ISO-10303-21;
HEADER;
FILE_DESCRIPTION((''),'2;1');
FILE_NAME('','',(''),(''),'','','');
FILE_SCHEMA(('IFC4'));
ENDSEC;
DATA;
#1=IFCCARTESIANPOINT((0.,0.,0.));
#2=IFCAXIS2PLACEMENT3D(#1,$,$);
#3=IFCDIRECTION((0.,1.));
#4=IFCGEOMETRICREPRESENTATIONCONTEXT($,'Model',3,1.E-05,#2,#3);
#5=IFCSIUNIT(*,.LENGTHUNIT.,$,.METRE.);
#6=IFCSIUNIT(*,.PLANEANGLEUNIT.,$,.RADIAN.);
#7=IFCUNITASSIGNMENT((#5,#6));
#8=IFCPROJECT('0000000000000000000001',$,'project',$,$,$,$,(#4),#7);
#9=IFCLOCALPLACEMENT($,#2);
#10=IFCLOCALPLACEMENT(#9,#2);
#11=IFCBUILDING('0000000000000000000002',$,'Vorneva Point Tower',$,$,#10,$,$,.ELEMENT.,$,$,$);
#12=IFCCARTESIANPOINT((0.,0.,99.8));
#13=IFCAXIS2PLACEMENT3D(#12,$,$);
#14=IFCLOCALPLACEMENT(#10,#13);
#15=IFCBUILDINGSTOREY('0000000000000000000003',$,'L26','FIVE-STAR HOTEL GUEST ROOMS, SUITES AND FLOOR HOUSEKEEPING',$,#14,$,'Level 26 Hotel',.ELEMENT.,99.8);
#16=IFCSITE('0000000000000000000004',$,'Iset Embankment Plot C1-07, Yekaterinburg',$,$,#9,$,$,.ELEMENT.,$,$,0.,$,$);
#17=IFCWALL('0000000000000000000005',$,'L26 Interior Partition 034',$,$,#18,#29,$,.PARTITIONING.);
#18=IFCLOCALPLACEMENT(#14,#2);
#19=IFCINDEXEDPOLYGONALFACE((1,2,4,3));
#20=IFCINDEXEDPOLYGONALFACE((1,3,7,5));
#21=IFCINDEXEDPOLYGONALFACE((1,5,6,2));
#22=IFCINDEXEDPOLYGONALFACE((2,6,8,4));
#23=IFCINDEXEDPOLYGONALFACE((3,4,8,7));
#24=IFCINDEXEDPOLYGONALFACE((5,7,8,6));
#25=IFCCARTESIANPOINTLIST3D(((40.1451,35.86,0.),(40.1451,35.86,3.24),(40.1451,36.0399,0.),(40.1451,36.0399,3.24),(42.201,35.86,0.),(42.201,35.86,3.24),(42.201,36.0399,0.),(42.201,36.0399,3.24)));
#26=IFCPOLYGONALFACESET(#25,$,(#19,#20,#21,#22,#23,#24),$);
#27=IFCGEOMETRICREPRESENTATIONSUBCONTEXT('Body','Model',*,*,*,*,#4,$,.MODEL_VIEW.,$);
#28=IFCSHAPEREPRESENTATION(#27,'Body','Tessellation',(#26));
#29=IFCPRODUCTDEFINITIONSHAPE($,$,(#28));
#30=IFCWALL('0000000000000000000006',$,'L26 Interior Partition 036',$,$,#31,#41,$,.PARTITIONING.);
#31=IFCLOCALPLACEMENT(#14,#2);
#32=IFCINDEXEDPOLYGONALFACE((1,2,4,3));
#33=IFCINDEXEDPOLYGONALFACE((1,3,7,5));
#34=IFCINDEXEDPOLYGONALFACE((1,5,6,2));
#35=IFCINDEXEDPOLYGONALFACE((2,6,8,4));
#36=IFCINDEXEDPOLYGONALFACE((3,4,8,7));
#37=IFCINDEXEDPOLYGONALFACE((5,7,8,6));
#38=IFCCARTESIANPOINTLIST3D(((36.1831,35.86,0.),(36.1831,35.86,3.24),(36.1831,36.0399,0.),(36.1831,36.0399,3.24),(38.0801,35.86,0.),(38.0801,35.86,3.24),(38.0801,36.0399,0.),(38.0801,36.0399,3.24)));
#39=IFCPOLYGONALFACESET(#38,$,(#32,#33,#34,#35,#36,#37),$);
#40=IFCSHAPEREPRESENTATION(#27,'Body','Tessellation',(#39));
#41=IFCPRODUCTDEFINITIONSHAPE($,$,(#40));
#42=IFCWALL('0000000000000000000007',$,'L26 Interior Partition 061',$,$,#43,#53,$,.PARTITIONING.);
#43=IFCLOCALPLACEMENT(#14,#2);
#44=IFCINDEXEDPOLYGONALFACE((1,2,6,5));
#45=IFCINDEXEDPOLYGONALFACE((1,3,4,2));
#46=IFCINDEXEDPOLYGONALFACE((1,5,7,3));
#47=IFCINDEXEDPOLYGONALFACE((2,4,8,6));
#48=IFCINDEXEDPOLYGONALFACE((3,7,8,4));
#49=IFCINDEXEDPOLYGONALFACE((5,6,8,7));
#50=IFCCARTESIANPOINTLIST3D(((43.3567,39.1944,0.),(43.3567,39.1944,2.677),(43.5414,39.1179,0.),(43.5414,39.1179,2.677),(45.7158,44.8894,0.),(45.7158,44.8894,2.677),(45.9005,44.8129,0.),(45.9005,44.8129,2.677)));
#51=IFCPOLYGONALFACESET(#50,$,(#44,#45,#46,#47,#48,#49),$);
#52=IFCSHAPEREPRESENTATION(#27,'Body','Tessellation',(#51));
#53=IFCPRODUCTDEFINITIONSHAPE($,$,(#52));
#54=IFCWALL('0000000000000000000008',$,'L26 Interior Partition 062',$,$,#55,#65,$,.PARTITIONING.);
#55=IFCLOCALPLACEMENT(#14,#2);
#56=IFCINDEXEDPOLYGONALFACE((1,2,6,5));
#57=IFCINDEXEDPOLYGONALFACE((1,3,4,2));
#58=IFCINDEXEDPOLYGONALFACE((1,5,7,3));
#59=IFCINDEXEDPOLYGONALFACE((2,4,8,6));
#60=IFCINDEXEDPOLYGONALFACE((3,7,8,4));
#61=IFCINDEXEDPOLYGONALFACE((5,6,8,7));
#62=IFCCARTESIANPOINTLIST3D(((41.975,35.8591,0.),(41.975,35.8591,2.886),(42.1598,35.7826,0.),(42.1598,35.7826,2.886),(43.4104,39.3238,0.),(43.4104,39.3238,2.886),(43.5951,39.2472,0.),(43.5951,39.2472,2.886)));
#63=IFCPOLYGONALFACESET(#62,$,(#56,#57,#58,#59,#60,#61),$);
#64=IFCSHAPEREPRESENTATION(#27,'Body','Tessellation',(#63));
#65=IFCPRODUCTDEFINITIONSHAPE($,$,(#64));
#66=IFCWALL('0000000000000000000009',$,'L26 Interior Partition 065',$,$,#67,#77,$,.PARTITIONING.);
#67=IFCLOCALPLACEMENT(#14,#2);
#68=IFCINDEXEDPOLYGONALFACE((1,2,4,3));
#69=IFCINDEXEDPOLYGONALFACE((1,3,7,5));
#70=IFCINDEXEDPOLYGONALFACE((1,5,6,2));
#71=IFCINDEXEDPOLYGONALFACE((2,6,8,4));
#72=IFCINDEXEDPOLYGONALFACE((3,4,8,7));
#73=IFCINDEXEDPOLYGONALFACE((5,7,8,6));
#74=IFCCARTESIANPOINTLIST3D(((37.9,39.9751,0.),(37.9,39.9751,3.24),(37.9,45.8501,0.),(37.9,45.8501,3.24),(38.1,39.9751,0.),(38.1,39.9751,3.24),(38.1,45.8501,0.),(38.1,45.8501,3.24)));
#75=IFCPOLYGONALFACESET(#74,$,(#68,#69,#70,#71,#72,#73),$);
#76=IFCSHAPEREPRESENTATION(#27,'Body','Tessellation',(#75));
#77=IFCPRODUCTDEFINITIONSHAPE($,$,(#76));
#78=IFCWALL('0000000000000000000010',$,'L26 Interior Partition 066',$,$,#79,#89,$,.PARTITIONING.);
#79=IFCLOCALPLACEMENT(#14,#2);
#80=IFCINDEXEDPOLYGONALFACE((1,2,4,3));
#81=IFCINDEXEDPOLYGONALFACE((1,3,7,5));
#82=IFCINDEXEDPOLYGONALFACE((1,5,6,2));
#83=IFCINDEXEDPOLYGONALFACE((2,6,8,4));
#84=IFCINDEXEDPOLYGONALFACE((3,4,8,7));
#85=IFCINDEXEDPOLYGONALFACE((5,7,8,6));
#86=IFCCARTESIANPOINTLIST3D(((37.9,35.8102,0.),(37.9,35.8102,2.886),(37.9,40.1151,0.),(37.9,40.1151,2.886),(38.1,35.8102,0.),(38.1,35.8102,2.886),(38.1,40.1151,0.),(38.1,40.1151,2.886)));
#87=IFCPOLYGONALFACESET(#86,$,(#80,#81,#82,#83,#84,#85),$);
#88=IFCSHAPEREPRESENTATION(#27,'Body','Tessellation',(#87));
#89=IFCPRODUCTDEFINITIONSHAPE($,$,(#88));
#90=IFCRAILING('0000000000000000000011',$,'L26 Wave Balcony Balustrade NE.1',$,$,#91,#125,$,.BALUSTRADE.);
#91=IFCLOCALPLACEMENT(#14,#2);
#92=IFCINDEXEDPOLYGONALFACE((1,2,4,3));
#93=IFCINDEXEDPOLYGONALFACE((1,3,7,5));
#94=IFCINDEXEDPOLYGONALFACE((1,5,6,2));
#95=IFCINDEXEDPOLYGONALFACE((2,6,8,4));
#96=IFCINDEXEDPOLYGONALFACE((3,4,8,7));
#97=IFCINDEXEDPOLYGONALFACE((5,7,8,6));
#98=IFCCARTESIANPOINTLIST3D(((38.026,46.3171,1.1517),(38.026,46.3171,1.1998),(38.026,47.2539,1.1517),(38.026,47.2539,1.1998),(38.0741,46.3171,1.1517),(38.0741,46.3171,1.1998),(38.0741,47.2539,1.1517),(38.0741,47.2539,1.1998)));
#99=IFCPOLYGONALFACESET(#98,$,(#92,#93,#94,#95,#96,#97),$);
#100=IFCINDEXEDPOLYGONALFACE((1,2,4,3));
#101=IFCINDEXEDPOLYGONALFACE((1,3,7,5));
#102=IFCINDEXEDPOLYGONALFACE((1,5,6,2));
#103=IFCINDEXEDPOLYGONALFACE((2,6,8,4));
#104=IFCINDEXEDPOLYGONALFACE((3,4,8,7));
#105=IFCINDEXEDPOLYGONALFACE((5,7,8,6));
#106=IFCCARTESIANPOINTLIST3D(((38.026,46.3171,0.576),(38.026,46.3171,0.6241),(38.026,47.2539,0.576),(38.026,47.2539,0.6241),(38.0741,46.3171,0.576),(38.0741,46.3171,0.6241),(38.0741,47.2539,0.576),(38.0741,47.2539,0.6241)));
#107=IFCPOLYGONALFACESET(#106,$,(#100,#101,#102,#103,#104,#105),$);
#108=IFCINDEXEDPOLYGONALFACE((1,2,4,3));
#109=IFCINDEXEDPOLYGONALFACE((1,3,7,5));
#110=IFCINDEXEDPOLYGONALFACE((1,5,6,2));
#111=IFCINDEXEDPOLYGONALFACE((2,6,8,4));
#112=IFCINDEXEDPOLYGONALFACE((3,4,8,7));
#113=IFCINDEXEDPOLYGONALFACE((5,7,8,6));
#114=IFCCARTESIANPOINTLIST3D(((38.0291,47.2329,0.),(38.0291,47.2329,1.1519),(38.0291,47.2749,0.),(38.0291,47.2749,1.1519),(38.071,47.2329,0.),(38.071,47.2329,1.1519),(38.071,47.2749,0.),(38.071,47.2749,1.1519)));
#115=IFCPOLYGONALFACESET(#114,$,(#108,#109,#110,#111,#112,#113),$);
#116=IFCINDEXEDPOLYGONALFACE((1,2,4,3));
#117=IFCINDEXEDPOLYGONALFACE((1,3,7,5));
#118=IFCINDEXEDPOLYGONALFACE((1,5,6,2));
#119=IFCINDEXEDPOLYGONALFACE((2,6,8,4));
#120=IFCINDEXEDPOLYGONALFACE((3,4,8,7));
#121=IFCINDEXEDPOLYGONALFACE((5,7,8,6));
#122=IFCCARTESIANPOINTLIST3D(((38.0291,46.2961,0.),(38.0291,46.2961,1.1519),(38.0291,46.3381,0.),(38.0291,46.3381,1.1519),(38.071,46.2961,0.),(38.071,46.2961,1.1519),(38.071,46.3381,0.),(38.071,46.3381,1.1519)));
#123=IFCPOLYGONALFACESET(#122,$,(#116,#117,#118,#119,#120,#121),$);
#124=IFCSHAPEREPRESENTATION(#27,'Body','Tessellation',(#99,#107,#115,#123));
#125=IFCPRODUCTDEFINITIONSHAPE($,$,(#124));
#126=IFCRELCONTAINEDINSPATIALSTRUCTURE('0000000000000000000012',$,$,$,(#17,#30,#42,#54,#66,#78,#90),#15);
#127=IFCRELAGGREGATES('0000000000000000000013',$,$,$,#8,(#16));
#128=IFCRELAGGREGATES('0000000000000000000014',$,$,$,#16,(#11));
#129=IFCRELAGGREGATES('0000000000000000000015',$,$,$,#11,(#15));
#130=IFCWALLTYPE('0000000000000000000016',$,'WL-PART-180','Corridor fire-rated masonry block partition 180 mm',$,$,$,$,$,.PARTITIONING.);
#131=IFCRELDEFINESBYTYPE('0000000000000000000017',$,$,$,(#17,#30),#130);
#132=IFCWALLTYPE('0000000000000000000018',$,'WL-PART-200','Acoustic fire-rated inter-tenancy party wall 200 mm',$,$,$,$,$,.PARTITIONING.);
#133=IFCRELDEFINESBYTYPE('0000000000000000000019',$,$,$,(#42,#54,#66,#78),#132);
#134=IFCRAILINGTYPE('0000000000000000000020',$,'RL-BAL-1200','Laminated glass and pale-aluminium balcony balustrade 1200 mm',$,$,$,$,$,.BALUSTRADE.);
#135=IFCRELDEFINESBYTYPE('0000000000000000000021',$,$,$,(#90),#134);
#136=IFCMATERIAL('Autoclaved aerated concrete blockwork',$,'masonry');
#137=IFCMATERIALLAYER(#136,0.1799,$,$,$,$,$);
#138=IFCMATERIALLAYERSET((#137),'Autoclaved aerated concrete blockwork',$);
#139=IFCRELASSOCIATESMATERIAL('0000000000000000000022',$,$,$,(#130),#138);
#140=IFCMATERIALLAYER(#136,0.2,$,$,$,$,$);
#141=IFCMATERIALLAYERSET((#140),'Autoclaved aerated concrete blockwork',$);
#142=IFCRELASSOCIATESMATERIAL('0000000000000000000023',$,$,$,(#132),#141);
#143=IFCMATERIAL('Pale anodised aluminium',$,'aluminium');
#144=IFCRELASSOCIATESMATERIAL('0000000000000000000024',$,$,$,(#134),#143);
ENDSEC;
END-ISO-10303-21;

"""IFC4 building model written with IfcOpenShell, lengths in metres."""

from ifc_helpers import new_model, si_unit, direction, frame, frame_2d, origin, origin_2d, place, context, subcontext, project, spatial, rectangle, extrude, material, layer, layer_set, type_object, element, save


model = new_model("IFC4")

# Units and contexts
model_context = context("Model", 3, precision=1e-05, world=origin(), true_north=direction((0.0, 1.0)))
body_context = subcontext(model_context, "Body", "Model", "MODEL_VIEW")
ifc_project = project(units=[si_unit("LENGTHUNIT", "METRE"), si_unit("PLANEANGLEUNIT", "RADIAN")], contexts=[model_context])

# Site, building, storey
site_placement = place(None, origin())
site = spatial("IfcSite", under=ifc_project, at=site_placement, Name="Iset Embankment Plot C1-07, Yekaterinburg", CompositionType="ELEMENT", RefElevation=0.0)
building_placement = place(site_placement, origin())
building = spatial("IfcBuilding", under=site, at=building_placement, Name="Vorneva Point Tower", CompositionType="ELEMENT")
storey_placement = place(building_placement, frame((0.0, 0.0, 99.8)))
storey = spatial("IfcBuildingStorey", under=building, at=storey_placement, Name="L26", Description="FIVE-STAR HOTEL GUEST ROOMS, SUITES AND FLOOR HOUSEKEEPING", LongName="Level 26 Hotel", CompositionType="ELEMENT", Elevation=99.8)

# Shared definitions
ifc_material_1 = material(Name="Pale anodised aluminium", Category="aluminium")

# Shared definitions
ifc_material_2 = material(Name="Autoclaved aerated concrete blockwork", Category="masonry")
ifc_layer_1 = layer(ifc_material_2, 0.1799)
ifc_layer_set_1 = layer_set([ifc_layer_1], Name="Autoclaved aerated concrete blockwork")
wall_type_1 = type_object("IfcWallType", Name="WL-PART-180", Description="Corridor fire-rated masonry block partition 180 mm", PredefinedType="PARTITIONING", material=ifc_layer_set_1)

# Walls
wall_1_placement = place(storey_placement, frame((42.2009, 35.95, 0.0), z_axis=(0.0, 0.0, 1.0), x_axis=(-1.0, 0.0, 0.0)))
element("IfcWall", 1, at=wall_1_placement, inside=storey, type_object=wall_type_1, Name="L26 Interior Partition 034", PredefinedType="PARTITIONING", context=body_context, shape_type="SweptSolid", body=[
    extrude(rectangle(XDim=2.0559, YDim=0.1799, at=frame_2d((1.0278, 0.0))), origin(), (0.0, 0.0, 1.0), 3.24),
])
wall_2_placement = place(storey_placement, frame((38.0801, 35.95, 0.0), z_axis=(0.0, 0.0, 1.0), x_axis=(-1.0, 0.0, 0.0)))
element("IfcWall", 2, at=wall_2_placement, inside=storey, type_object=wall_type_1, Name="L26 Interior Partition 036", PredefinedType="PARTITIONING", context=body_context, shape_type="SweptSolid", body=[
    extrude(rectangle(XDim=1.897, YDim=0.1799, at=frame_2d((0.9485, 0.0))), origin(), (0.0, 0.0, 1.0), 3.24),
])
ifc_layer_2 = layer(ifc_material_2, 0.2)
ifc_layer_set_2 = layer_set([ifc_layer_2], Name="Autoclaved aerated concrete blockwork")
wall_type_2 = type_object("IfcWallType", Name="WL-PART-200", Description="Acoustic fire-rated inter-tenancy party wall 200 mm", PredefinedType="PARTITIONING", material=ifc_layer_set_2)
wall_3_placement = place(storey_placement, frame((45.8081, 44.8511, 0.0), z_axis=(0.0, 0.0, 1.0), x_axis=(-0.382705, -0.923871, 0.0)))
element("IfcWall", 3, at=wall_3_placement, inside=storey, type_object=wall_type_2, Name="L26 Interior Partition 061", PredefinedType="PARTITIONING", context=body_context, shape_type="SweptSolid", body=[
    extrude(rectangle(XDim=6.1643, YDim=0.2, at=frame_2d((3.082, 0.0))), origin(), (0.0, 0.0, 1.0), 2.677),
])
wall_4_placement = place(storey_placement, frame((43.5027, 39.2854, 0.0), z_axis=(0.0, 0.0, 1.0), x_axis=(-0.382733, -0.923859, 0.0)))
element("IfcWall", 4, at=wall_4_placement, inside=storey, type_object=wall_type_2, Name="L26 Interior Partition 062", PredefinedType="PARTITIONING", context=body_context, shape_type="SweptSolid", body=[
    extrude(rectangle(XDim=3.7502, YDim=0.2, at=frame_2d((1.875, 0.0))), origin(), (0.0, 0.0, 1.0), 2.886),
])
wall_5_placement = place(storey_placement, frame((38.0, 45.8501, 0.0), z_axis=(0.0, 0.0, 1.0), x_axis=(0.0, -1.0, 0.0)))
element("IfcWall", 5, at=wall_5_placement, inside=storey, type_object=wall_type_2, Name="L26 Interior Partition 065", PredefinedType="PARTITIONING", context=body_context, shape_type="SweptSolid", body=[
    extrude(rectangle(XDim=5.875, YDim=0.2, at=frame_2d((2.9375, 0.0))), origin(), (0.0, 0.0, 1.0), 3.24),
])
wall_6_placement = place(storey_placement, frame((38.0, 40.115, 0.0), z_axis=(0.0, 0.0, 1.0), x_axis=(0.0, -1.0, 0.0)))
element("IfcWall", 6, at=wall_6_placement, inside=storey, type_object=wall_type_2, Name="L26 Interior Partition 066", PredefinedType="PARTITIONING", context=body_context, shape_type="SweptSolid", body=[
    extrude(rectangle(XDim=4.3049, YDim=0.2, at=frame_2d((2.1523, 0.0))), origin(), (0.0, 0.0, 1.0), 2.886),
])

# Railing
railing_type = type_object("IfcRailingType", Name="RL-BAL-1200", Description="Laminated glass and pale-aluminium balcony balustrade 1200 mm", PredefinedType="BALUSTRADE", material=ifc_material_1)
railing_placement = place(storey_placement, frame((38.05, 47.2539, 0.0)))
element("IfcRailing", 7, at=railing_placement, inside=storey, type_object=railing_type, Name="L26 Wave Balcony Balustrade NE.1", PredefinedType="BALUSTRADE", context=body_context, shape_type="SweptSolid", body=[
    extrude(rectangle(XDim=0.0481, YDim=0.0481, at=origin_2d()), frame((0.0, 0.0, 1.1758), z_axis=(0.0, -1.0, 0.0), x_axis=(1.0, 0.0, 0.0)), (0.0, 0.0, 1.0), 0.9368),
    extrude(rectangle(XDim=0.0481, YDim=0.0481, at=origin_2d()), frame((0.0, 0.0, 0.6001), z_axis=(0.0, -1.0, 0.0), x_axis=(1.0, 0.0, 0.0)), (0.0, 0.0, 1.0), 0.9368),
    extrude(rectangle(XDim=0.042, YDim=0.042, at=origin_2d()), origin(), (0.0, 0.0, 1.0), 1.1519),
    extrude(rectangle(XDim=0.042, YDim=0.042, at=origin_2d()), frame((0.0, -0.9368, 0.0)), (0.0, 0.0, 1.0), 1.1519),
])

save(model, "model.ifc")
